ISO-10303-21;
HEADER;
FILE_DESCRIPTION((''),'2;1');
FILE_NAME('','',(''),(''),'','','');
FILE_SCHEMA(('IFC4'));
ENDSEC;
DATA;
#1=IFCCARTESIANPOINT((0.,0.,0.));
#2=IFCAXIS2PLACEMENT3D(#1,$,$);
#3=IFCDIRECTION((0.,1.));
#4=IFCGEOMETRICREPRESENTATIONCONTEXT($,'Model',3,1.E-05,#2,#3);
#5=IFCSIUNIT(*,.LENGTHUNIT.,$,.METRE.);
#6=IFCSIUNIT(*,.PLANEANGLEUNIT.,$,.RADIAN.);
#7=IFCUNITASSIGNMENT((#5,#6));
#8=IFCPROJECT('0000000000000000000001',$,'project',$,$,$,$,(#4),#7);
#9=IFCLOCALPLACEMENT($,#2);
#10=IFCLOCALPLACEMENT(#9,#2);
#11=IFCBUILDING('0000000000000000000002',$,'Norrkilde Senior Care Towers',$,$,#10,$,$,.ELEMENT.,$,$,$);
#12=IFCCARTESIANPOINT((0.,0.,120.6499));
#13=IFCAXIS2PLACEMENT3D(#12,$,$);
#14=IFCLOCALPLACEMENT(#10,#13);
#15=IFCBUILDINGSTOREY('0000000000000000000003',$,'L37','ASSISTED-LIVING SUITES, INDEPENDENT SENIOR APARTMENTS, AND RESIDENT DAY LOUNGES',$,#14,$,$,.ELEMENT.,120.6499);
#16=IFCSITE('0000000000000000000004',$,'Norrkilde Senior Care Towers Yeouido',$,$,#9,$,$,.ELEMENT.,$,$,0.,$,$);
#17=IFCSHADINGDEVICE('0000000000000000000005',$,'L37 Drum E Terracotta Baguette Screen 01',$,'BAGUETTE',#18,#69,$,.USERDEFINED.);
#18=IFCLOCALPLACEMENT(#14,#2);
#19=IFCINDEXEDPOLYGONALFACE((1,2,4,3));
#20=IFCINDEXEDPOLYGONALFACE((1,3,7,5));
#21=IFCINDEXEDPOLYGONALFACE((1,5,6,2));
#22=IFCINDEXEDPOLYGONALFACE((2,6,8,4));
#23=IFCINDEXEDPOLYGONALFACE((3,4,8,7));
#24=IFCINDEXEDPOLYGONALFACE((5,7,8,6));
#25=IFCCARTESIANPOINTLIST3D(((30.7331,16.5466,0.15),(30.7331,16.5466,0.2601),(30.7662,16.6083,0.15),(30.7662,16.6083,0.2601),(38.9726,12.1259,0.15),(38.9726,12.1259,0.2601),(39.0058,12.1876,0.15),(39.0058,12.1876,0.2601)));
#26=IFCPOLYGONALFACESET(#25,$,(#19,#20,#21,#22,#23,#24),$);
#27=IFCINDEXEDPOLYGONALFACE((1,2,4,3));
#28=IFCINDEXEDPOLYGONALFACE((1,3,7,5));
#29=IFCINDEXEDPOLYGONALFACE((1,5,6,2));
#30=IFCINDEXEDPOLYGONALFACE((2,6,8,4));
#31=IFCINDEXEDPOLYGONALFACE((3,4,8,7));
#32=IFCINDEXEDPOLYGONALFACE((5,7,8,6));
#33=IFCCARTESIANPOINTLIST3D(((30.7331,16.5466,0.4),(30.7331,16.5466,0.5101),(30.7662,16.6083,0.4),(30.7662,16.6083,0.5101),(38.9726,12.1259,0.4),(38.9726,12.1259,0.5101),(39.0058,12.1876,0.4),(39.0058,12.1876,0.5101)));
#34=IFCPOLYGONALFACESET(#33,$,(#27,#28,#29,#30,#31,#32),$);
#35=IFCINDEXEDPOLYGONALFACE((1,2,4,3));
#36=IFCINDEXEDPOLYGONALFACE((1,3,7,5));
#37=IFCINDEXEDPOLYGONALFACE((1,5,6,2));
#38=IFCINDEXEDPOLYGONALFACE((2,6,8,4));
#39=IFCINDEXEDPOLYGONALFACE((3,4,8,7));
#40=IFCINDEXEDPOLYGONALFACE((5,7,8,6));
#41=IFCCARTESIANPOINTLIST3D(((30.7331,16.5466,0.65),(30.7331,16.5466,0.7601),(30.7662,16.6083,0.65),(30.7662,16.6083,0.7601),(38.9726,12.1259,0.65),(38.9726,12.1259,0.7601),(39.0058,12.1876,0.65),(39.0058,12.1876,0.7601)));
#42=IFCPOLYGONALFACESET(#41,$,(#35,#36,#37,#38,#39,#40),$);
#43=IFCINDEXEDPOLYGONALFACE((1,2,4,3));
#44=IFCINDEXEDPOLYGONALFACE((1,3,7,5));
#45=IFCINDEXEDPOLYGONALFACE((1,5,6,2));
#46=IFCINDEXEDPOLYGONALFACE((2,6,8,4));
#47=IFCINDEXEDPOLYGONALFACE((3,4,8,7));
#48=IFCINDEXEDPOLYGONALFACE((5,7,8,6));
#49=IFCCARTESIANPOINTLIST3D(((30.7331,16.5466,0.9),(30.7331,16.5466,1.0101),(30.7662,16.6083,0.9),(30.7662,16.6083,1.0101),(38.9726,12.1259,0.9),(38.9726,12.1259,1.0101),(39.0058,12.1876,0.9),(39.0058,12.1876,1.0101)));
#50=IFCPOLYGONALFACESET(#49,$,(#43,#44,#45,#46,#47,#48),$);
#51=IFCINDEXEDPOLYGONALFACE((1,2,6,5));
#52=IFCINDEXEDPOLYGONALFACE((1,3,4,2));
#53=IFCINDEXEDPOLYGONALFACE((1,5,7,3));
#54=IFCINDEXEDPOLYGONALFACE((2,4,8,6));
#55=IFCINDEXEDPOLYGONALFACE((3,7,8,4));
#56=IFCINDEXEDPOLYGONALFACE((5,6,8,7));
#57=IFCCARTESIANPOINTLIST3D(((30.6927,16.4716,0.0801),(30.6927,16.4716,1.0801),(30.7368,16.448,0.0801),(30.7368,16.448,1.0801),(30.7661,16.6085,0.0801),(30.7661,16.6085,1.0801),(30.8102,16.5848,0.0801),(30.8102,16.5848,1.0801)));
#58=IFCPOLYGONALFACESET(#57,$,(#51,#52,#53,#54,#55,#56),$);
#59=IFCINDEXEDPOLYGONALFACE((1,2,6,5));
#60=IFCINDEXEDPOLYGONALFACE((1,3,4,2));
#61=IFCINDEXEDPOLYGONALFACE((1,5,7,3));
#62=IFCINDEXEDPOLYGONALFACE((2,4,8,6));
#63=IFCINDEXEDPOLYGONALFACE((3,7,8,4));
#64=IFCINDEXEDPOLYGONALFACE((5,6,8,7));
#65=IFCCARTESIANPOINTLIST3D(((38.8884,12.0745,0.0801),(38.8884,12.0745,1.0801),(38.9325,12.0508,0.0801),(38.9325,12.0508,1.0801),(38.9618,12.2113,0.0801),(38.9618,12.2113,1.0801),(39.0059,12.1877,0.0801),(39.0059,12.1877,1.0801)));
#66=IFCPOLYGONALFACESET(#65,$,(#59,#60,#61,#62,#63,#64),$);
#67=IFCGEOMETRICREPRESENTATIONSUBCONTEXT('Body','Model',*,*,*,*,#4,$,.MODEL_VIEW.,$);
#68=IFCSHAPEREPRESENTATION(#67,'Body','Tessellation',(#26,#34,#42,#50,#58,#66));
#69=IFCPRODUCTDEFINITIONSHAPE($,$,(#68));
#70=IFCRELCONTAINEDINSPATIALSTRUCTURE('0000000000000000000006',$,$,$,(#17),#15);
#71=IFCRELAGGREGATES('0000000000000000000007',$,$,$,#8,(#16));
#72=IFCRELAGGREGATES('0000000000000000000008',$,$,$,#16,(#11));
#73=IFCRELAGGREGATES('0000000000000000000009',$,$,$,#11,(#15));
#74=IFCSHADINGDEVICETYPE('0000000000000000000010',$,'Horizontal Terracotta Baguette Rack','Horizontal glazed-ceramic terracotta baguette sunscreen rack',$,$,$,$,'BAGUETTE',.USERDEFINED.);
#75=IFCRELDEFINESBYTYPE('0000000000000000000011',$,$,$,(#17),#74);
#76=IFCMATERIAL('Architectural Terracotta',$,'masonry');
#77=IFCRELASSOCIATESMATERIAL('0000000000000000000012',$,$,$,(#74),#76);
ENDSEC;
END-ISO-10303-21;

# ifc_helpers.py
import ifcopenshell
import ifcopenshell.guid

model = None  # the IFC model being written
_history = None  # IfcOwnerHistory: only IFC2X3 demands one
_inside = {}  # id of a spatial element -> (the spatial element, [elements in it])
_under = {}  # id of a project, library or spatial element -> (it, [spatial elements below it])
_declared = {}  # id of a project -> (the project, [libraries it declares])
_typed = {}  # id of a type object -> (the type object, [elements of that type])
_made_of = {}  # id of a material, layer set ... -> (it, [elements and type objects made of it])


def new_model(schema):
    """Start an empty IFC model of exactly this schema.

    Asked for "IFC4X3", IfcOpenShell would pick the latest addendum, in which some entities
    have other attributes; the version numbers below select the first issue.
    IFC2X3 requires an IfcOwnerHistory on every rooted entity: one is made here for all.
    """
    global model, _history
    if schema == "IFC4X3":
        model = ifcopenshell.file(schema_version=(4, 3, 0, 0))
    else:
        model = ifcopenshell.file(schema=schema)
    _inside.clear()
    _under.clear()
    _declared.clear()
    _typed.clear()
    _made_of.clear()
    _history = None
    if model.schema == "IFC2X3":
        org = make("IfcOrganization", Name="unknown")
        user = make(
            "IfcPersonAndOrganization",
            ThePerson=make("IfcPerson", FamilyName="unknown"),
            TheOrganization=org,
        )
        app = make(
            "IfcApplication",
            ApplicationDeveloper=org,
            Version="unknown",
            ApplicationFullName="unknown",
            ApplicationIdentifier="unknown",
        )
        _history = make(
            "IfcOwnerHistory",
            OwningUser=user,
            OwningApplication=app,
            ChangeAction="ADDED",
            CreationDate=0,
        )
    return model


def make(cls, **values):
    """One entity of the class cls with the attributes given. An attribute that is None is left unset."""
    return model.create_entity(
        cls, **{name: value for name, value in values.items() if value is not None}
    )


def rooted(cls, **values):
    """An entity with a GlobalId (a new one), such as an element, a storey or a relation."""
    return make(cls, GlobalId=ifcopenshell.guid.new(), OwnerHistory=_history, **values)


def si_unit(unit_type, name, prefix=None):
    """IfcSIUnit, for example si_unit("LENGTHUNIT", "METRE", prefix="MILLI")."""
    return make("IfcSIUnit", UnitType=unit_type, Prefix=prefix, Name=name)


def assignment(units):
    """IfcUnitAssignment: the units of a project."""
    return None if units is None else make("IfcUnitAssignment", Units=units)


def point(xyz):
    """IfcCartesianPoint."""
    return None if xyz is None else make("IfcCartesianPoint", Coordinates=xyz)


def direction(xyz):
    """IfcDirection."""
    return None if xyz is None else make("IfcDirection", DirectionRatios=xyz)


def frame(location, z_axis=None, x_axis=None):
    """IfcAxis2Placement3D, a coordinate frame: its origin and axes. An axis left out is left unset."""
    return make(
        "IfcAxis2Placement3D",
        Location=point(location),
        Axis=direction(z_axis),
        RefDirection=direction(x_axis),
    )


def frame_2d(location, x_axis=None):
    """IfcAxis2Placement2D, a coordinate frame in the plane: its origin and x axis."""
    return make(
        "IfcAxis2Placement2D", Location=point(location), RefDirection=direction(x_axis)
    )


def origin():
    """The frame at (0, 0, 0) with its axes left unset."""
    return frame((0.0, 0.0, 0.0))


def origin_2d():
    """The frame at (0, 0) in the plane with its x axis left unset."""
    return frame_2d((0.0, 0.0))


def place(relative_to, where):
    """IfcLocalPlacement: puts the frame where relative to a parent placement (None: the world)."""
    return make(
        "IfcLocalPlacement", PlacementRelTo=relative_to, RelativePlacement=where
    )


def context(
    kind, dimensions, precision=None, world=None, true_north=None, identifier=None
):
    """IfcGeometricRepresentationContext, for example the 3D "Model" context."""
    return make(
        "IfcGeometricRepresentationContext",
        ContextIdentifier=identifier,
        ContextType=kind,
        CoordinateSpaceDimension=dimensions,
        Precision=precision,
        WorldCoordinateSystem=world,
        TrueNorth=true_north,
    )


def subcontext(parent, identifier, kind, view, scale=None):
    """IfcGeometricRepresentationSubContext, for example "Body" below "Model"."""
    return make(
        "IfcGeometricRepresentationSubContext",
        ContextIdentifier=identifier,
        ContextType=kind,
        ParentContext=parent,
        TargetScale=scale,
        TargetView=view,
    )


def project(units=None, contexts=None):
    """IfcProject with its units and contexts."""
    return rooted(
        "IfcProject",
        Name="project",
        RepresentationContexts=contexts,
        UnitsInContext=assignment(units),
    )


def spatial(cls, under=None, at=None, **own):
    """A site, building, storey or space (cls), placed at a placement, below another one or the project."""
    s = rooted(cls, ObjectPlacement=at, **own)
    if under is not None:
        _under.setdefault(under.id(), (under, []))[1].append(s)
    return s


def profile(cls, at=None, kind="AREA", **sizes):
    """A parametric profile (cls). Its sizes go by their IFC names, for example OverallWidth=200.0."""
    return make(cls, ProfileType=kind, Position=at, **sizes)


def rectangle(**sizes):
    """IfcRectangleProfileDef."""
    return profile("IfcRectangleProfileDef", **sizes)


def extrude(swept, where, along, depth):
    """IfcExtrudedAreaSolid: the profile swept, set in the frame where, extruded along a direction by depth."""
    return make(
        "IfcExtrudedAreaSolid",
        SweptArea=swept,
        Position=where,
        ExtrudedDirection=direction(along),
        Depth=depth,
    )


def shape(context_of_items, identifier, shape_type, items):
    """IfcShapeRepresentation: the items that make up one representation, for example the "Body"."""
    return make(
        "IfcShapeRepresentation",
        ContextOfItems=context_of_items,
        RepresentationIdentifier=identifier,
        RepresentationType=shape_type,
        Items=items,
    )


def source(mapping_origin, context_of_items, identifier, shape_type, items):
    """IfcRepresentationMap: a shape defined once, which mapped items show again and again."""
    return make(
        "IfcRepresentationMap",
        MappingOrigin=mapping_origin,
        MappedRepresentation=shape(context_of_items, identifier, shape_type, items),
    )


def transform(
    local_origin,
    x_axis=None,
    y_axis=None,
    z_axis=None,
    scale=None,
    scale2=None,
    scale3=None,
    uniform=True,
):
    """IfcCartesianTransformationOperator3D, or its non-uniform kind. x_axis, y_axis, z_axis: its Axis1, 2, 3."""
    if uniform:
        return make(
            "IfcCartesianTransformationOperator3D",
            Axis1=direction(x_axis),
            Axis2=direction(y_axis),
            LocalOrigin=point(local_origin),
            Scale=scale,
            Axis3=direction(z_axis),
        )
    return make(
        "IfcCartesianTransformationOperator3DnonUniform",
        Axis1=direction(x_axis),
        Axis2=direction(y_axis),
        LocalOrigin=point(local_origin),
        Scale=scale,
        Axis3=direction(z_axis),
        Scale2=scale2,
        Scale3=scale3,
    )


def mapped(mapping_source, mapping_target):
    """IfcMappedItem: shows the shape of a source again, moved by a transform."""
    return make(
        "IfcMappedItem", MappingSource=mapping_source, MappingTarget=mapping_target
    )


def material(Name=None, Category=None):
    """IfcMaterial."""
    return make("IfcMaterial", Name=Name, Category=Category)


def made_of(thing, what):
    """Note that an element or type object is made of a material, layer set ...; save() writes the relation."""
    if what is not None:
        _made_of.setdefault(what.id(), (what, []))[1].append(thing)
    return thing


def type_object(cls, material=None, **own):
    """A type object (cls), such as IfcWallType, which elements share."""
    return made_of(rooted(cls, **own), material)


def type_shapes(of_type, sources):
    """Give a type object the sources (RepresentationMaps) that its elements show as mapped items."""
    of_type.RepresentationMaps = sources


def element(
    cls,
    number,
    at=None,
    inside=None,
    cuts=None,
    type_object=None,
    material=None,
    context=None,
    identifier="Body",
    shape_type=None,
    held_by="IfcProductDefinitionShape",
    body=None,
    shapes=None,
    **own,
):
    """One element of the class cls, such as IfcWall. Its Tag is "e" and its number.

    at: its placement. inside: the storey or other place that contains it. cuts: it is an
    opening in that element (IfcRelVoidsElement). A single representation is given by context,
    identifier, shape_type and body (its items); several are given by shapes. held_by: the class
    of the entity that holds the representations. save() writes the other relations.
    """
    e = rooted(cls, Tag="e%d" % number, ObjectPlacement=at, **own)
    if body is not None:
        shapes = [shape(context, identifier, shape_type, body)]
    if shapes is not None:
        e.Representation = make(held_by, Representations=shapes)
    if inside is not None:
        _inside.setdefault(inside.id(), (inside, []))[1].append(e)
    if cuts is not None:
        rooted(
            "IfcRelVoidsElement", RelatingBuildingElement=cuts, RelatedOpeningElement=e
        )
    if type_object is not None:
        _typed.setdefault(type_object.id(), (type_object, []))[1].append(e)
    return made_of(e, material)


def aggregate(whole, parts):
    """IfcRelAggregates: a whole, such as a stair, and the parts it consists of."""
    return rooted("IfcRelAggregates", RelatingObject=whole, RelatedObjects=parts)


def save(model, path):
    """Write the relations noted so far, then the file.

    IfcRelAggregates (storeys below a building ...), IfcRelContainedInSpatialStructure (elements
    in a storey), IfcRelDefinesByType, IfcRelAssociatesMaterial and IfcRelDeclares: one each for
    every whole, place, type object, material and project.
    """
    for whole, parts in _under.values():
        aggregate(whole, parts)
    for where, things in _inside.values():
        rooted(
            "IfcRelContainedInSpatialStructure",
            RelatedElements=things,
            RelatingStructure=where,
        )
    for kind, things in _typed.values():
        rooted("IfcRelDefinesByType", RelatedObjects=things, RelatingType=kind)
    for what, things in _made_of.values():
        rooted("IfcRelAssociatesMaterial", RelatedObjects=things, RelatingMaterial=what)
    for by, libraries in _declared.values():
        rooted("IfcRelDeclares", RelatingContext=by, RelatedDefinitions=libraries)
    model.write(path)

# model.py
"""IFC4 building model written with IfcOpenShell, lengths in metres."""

from ifc_helpers import new_model, si_unit, direction, frame, origin, origin_2d, place, context, subcontext, project, spatial, rectangle, extrude, source, transform, mapped, material, type_object, type_shapes, element, save


model = new_model("IFC4")

# Units and contexts
model_context = context("Model", 3, precision=1e-05, world=origin(), true_north=direction((0.0, 1.0)))
body_context = subcontext(model_context, "Body", "Model", "MODEL_VIEW")
ifc_project = project(units=[si_unit("LENGTHUNIT", "METRE"), si_unit("PLANEANGLEUNIT", "RADIAN")], contexts=[model_context])

# Site, building, storey
site_placement = place(None, origin())
site = spatial("IfcSite", under=ifc_project, at=site_placement, Name="Norrkilde Senior Care Towers Yeouido", CompositionType="ELEMENT", RefElevation=0.0)
building_placement = place(site_placement, origin())
building = spatial("IfcBuilding", under=site, at=building_placement, Name="Norrkilde Senior Care Towers", CompositionType="ELEMENT")
storey_placement = place(building_placement, frame((0.0, 0.0, 120.6499)))
storey = spatial("IfcBuildingStorey", under=building, at=storey_placement, Name="L37", Description="ASSISTED-LIVING SUITES, INDEPENDENT SENIOR APARTMENTS, AND RESIDENT DAY LOUNGES", CompositionType="ELEMENT", Elevation=120.6499)

# Shading device
ifc_material_1 = material(Name="Architectural Terracotta", Category="masonry")
shading_device_type = type_object("IfcShadingDeviceType", Name="Horizontal Terracotta Baguette Rack", Description="Horizontal glazed-ceramic terracotta baguette sunscreen rack", ElementType="BAGUETTE", PredefinedType="USERDEFINED", material=ifc_material_1)
shared_shape_1 = source(origin(), body_context, "Body", "SweptSolid", [
    extrude(rectangle(XDim=0.0701, YDim=0.1101, at=origin_2d()), frame((0.0, 0.0901, 0.125), z_axis=(1.0, 0.0, 0.0), x_axis=(0.0, 1.0, 0.0)), (0.0, 0.0, 1.0), 9.3506),
    extrude(rectangle(XDim=0.0701, YDim=0.1101, at=origin_2d()), frame((0.0, 0.0901, 0.375), z_axis=(1.0, 0.0, 0.0), x_axis=(0.0, 1.0, 0.0)), (0.0, 0.0, 1.0), 9.3506),
    extrude(rectangle(XDim=0.0701, YDim=0.1101, at=origin_2d()), frame((0.0, 0.0901, 0.625), z_axis=(1.0, 0.0, 0.0), x_axis=(0.0, 1.0, 0.0)), (0.0, 0.0, 1.0), 9.3506),
    extrude(rectangle(XDim=0.0701, YDim=0.1101, at=origin_2d()), frame((0.0, 0.0901, 0.875), z_axis=(1.0, 0.0, 0.0), x_axis=(0.0, 1.0, 0.0)), (0.0, 0.0, 1.0), 9.3506),
    extrude(rectangle(XDim=0.05, YDim=0.1553, at=origin_2d()), frame((0.0249, 0.0476, 0.0)), (0.0, 0.0, 1.0), 1.0),
    extrude(rectangle(XDim=0.05, YDim=0.1553, at=origin_2d()), frame((9.3257, 0.0476, 0.0)), (0.0, 0.0, 1.0), 1.0),
])
type_shapes(shading_device_type, [shared_shape_1])
shading_device_placement = place(storey_placement, frame((30.707, 16.498, 0.0801), z_axis=(0.0, 0.0, 1.0), x_axis=(0.881175, -0.472768, 0.0)))
element("IfcShadingDevice", 1, at=shading_device_placement, inside=storey, type_object=shading_device_type, Name="L37 Drum E Terracotta Baguette Screen 01", ObjectType="BAGUETTE", PredefinedType="USERDEFINED", context=body_context, shape_type="MappedRepresentation", body=[
    mapped(shared_shape_1, transform((0.0, 0.0, 0.0), x_axis=(1.0, 0.0, 0.0), y_axis=(0.0, 1.0, 0.0), z_axis=(0.0, 0.0, 1.0), scale=1.0)),
])

save(model, "model.ifc")
